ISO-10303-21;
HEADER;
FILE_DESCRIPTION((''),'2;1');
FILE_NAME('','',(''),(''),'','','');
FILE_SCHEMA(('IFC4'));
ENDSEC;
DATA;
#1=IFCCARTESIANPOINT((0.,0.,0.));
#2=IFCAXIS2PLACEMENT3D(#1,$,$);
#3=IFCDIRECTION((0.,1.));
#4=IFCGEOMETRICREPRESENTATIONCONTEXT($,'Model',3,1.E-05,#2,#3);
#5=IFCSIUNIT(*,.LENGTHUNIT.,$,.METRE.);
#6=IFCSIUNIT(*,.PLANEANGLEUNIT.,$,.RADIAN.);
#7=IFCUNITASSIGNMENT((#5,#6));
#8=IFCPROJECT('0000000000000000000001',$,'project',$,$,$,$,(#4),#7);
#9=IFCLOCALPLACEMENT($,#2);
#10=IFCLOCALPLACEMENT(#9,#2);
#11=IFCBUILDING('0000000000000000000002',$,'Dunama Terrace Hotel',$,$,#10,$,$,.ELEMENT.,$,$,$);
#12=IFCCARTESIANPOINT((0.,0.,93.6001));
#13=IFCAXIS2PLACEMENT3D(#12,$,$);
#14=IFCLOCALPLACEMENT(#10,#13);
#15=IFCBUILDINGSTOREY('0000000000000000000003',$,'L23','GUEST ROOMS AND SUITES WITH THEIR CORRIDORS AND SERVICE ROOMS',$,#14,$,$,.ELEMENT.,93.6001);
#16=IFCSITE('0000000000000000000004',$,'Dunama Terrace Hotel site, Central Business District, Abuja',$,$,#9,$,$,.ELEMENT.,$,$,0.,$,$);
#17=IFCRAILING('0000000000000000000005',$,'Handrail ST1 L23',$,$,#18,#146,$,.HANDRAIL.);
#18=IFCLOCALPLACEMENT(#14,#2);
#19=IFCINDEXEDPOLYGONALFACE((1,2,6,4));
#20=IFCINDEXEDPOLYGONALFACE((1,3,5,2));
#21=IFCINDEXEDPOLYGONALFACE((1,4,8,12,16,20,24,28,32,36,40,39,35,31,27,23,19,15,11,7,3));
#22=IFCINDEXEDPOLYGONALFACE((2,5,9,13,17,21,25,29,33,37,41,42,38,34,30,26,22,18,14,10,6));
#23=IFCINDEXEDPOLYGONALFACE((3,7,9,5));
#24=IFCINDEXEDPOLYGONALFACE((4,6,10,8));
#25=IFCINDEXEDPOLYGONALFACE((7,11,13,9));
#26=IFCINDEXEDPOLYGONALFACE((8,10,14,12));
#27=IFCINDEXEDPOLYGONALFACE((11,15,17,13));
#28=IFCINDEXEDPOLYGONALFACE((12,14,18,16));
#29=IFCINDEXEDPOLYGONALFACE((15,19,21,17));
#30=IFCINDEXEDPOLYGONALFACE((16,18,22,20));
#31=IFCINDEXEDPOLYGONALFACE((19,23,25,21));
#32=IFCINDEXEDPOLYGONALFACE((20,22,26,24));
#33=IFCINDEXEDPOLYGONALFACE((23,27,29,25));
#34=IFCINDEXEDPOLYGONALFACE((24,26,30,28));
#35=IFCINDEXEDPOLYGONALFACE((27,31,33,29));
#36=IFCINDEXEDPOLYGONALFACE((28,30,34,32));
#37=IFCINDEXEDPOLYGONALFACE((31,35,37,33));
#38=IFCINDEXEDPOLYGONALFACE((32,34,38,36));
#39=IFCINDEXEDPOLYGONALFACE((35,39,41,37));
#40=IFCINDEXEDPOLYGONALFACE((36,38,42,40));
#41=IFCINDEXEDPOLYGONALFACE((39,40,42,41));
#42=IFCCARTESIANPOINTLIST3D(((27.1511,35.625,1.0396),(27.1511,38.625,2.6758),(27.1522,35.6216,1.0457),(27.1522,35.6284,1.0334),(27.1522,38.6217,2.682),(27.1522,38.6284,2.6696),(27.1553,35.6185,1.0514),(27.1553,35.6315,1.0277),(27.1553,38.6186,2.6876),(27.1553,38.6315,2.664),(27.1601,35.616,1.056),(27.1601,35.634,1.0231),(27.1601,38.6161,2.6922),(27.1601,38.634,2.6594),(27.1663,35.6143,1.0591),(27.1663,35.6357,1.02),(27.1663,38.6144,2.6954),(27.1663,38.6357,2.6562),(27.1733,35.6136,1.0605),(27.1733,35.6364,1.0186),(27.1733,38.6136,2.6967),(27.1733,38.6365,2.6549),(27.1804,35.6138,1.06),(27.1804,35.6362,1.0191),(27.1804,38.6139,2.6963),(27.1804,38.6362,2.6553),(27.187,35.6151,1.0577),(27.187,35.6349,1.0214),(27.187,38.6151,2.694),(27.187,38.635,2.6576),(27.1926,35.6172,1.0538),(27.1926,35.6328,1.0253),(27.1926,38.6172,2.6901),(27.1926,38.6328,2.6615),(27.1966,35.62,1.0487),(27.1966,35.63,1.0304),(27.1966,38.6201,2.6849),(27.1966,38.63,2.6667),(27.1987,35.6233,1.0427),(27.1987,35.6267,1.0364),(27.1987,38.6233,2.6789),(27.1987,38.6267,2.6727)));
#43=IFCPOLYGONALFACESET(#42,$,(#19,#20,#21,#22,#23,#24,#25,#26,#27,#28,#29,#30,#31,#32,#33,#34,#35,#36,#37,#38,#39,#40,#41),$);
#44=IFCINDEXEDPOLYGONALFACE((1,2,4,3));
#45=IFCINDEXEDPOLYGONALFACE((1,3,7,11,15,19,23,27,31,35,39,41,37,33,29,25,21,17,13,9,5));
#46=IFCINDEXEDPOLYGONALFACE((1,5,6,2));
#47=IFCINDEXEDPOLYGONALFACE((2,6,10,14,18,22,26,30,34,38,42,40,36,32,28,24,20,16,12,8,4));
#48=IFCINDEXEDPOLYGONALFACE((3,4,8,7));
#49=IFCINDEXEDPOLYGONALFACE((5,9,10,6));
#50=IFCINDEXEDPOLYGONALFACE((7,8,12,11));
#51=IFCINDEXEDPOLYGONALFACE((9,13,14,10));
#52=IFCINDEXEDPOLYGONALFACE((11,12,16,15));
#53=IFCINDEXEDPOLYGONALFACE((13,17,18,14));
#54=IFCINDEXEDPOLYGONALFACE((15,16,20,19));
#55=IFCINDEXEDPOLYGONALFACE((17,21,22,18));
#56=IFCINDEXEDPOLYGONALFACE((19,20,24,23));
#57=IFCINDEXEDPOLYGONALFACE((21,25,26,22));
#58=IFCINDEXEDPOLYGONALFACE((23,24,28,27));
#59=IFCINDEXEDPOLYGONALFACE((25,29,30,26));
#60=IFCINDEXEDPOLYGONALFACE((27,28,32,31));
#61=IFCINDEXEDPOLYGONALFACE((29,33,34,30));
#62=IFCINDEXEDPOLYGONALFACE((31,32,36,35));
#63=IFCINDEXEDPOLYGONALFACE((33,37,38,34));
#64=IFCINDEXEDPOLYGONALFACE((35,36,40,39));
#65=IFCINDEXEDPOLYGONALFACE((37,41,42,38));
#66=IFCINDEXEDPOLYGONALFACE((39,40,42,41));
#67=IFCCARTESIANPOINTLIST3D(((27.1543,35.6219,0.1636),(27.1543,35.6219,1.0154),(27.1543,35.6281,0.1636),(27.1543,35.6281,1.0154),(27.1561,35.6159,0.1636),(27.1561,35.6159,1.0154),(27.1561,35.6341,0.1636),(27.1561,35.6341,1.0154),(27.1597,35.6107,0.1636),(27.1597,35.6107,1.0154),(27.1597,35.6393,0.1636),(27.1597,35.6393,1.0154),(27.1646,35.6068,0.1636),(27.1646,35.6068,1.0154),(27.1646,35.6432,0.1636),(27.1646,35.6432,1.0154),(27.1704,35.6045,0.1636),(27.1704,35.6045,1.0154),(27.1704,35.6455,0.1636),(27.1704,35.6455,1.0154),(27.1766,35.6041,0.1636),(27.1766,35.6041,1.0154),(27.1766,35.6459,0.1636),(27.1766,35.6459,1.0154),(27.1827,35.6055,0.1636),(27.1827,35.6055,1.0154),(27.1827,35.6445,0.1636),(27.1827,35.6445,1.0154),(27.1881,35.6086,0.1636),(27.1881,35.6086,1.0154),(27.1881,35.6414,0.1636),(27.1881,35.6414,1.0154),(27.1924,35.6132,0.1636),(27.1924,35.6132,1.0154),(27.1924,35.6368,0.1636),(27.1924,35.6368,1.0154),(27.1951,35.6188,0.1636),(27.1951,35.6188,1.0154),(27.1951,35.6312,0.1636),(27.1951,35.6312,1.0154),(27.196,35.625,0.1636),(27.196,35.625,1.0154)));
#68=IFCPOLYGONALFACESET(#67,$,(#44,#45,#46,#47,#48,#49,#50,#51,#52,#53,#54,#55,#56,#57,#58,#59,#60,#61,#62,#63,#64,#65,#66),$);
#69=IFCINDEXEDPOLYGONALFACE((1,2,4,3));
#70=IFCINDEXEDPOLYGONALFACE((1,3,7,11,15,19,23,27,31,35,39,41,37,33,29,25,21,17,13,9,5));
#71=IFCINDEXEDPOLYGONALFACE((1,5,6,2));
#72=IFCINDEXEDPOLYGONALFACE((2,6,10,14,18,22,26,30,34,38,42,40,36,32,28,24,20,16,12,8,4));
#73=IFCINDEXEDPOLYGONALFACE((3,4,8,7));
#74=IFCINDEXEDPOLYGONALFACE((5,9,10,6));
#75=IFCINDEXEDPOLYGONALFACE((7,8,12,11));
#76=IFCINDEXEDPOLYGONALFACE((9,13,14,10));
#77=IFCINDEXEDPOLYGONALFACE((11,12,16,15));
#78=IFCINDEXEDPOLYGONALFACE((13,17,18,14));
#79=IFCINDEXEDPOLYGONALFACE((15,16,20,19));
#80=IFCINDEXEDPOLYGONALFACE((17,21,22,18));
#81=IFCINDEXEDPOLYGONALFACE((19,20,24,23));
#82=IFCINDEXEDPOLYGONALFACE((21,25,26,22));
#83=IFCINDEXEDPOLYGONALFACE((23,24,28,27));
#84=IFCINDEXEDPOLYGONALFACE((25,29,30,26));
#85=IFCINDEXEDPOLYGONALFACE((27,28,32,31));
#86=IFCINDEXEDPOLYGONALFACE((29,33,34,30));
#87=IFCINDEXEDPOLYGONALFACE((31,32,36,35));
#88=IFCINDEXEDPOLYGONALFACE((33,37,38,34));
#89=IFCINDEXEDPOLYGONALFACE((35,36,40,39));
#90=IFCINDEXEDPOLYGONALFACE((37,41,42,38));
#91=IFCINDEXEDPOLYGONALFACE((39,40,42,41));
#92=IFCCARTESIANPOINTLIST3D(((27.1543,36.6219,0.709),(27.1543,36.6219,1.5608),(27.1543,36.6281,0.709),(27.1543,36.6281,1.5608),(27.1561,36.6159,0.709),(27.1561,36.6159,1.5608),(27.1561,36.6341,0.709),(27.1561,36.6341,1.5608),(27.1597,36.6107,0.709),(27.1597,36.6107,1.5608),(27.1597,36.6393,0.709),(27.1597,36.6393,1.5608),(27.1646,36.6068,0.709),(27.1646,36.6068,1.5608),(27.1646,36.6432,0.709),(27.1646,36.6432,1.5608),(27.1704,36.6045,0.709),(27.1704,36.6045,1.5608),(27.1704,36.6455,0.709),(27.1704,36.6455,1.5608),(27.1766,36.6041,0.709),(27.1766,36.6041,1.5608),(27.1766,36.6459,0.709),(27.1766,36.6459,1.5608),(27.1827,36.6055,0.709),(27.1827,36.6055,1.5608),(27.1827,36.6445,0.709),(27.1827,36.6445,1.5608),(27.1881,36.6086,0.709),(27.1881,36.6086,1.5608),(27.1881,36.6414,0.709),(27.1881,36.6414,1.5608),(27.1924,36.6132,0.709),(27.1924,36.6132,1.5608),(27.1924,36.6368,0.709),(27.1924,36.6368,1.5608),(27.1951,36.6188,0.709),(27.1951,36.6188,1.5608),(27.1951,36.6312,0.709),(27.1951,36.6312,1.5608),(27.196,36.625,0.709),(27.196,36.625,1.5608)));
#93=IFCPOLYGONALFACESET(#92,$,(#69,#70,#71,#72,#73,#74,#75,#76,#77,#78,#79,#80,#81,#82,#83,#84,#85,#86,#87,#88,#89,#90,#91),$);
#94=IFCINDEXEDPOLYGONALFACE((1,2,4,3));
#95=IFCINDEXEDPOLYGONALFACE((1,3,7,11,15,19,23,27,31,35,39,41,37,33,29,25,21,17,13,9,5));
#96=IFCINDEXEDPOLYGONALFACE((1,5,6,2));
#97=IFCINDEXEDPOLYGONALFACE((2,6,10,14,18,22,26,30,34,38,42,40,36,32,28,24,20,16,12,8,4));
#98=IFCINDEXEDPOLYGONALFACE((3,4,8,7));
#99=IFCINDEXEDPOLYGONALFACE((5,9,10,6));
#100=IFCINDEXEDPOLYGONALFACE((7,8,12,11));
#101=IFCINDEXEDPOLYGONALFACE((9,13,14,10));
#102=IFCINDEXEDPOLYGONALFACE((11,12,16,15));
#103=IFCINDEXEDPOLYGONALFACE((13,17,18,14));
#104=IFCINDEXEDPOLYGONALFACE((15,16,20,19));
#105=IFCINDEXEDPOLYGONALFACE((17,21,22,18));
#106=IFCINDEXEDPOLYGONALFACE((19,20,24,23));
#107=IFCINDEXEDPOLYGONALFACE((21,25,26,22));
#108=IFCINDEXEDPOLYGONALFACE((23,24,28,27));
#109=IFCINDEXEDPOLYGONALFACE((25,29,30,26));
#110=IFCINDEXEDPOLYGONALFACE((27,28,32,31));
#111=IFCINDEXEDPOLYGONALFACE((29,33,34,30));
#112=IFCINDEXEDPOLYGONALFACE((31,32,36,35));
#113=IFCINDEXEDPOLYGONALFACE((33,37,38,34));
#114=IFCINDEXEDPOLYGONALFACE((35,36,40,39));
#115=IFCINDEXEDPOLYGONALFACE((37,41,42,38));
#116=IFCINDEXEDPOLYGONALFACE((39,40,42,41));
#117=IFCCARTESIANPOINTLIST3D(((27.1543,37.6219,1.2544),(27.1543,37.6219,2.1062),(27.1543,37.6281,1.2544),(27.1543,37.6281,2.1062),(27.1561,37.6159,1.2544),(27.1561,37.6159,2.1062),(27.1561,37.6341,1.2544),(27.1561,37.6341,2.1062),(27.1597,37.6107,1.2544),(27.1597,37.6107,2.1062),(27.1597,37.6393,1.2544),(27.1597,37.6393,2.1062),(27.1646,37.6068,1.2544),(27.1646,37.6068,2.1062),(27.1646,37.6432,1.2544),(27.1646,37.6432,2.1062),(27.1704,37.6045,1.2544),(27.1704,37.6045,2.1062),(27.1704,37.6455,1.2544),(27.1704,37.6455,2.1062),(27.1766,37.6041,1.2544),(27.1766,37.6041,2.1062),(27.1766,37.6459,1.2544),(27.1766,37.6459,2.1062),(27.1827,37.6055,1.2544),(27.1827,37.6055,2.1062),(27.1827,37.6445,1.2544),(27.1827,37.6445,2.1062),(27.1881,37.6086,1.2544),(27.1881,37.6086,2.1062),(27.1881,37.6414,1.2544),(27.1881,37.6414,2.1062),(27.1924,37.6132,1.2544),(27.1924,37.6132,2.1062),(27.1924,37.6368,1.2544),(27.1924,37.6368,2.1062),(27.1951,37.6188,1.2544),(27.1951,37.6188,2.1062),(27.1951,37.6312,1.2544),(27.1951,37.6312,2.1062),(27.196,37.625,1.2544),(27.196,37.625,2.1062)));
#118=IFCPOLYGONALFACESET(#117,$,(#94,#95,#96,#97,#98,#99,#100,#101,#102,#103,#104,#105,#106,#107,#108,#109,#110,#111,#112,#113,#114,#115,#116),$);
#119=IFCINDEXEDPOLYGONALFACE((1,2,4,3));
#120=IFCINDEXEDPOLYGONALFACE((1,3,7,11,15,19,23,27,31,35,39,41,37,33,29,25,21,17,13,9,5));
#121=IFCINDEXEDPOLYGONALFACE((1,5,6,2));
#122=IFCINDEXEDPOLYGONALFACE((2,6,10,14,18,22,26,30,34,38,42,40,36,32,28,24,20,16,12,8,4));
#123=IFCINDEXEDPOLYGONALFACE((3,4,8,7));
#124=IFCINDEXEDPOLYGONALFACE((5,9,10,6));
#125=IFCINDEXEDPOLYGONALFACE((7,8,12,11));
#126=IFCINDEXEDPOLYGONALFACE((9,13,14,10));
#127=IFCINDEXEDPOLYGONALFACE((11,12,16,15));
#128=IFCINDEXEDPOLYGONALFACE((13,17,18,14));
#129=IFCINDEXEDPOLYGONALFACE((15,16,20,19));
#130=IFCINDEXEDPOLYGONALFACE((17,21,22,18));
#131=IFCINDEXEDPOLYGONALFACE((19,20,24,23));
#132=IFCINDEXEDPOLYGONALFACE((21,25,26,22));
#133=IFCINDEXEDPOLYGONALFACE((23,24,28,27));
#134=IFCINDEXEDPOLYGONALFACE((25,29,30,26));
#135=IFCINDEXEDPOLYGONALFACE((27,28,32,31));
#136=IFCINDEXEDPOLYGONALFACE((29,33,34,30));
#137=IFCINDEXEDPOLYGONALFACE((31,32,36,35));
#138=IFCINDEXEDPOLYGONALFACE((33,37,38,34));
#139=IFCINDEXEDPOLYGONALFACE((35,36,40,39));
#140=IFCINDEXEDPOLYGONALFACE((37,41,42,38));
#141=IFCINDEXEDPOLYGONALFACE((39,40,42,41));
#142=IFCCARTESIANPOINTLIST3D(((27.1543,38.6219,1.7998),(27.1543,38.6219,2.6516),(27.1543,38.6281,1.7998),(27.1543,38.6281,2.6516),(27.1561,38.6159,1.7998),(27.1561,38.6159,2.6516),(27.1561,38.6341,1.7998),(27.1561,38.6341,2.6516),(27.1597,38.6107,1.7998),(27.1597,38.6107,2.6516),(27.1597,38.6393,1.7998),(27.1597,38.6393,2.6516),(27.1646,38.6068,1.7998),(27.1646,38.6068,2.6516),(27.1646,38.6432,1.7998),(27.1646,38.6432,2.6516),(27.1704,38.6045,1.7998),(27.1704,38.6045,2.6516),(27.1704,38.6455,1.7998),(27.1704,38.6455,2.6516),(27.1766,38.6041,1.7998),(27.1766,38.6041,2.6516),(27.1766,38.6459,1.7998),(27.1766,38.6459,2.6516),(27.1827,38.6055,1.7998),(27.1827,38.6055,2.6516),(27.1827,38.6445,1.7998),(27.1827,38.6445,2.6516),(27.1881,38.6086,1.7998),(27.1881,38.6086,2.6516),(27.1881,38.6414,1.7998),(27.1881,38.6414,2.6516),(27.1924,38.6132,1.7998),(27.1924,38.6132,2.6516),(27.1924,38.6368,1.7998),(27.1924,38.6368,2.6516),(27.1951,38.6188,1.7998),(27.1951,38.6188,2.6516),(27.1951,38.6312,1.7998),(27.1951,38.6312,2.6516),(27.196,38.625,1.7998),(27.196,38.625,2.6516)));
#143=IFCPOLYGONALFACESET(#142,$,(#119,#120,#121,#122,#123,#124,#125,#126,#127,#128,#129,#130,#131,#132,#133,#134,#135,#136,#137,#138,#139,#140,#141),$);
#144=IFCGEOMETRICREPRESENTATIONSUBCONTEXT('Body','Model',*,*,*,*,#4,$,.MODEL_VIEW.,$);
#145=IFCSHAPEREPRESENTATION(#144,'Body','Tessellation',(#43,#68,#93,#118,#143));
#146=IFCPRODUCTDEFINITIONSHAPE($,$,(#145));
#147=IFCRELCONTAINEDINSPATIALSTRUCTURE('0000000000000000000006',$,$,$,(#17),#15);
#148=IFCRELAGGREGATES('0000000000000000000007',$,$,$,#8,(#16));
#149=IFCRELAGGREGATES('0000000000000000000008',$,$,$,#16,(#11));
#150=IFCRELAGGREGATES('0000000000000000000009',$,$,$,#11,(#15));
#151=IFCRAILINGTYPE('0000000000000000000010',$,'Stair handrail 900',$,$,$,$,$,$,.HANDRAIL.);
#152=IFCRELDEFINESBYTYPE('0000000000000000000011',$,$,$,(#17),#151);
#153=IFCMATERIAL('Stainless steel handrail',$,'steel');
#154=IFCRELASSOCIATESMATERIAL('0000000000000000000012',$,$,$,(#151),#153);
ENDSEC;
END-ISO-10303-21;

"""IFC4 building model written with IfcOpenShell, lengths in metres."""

from ifc_helpers import new_model, si_unit, direction, frame, origin, origin_2d, place, context, subcontext, project, spatial, circle, extrude, material, type_object, element, save


model = new_model("IFC4")

# Units and contexts
model_context = context("Model", 3, precision=1e-05, world=origin(), true_north=direction((0.0, 1.0)))
body_context = subcontext(model_context, "Body", "Model", "MODEL_VIEW")
ifc_project = project(units=[si_unit("LENGTHUNIT", "METRE"), si_unit("PLANEANGLEUNIT", "RADIAN")], contexts=[model_context])

# Site, building, storey
site_placement = place(None, origin())
site = spatial("IfcSite", under=ifc_project, at=site_placement, Name="Dunama Terrace Hotel site, Central Business District, Abuja", CompositionType="ELEMENT", RefElevation=0.0)
building_placement = place(site_placement, origin())
building = spatial("IfcBuilding", under=site, at=building_placement, Name="Dunama Terrace Hotel", CompositionType="ELEMENT")
storey_placement = place(building_placement, frame((0.0, 0.0, 93.6001)))
storey = spatial("IfcBuildingStorey", under=building, at=storey_placement, Name="L23", Description="GUEST ROOMS AND SUITES WITH THEIR CORRIDORS AND SERVICE ROOMS", CompositionType="ELEMENT", Elevation=93.6001)

# Railing
ifc_material_1 = material(Name="Stainless steel handrail", Category="steel")
railing_type = type_object("IfcRailingType", Name="Stair handrail 900", PredefinedType="HANDRAIL", material=ifc_material_1)
railing_1_placement = place(storey_placement, frame((27.175, 35.625, 0.1636)))
element("IfcRailing", 1, at=railing_1_placement, inside=storey, type_object=railing_type, Name="Handrail ST1 L23", PredefinedType="HANDRAIL", context=body_context, shape_type="SweptSolid", body=[
    extrude(circle(Radius=0.0239, at=origin_2d()), frame((0.0, 0.0, 0.876), z_axis=(0.0, 0.877912, 0.478822), x_axis=(-1.0, 0.0, 0.0)), (0.0, 0.0, 1.0), 3.4172),
    extrude(circle(Radius=0.021, at=origin_2d()), origin(), (0.0, 0.0, 1.0), 0.8518),
    extrude(circle(Radius=0.021, at=origin_2d()), frame((0.0, 1.0, 0.5454)), (0.0, 0.0, 1.0), 0.8518),
    extrude(circle(Radius=0.021, at=origin_2d()), frame((0.0, 2.0, 1.0908)), (0.0, 0.0, 1.0), 0.8518),
    extrude(circle(Radius=0.021, at=origin_2d()), frame((0.0, 3.0, 1.6362)), (0.0, 0.0, 1.0), 0.8518),
])

save(model, "model.ifc")
